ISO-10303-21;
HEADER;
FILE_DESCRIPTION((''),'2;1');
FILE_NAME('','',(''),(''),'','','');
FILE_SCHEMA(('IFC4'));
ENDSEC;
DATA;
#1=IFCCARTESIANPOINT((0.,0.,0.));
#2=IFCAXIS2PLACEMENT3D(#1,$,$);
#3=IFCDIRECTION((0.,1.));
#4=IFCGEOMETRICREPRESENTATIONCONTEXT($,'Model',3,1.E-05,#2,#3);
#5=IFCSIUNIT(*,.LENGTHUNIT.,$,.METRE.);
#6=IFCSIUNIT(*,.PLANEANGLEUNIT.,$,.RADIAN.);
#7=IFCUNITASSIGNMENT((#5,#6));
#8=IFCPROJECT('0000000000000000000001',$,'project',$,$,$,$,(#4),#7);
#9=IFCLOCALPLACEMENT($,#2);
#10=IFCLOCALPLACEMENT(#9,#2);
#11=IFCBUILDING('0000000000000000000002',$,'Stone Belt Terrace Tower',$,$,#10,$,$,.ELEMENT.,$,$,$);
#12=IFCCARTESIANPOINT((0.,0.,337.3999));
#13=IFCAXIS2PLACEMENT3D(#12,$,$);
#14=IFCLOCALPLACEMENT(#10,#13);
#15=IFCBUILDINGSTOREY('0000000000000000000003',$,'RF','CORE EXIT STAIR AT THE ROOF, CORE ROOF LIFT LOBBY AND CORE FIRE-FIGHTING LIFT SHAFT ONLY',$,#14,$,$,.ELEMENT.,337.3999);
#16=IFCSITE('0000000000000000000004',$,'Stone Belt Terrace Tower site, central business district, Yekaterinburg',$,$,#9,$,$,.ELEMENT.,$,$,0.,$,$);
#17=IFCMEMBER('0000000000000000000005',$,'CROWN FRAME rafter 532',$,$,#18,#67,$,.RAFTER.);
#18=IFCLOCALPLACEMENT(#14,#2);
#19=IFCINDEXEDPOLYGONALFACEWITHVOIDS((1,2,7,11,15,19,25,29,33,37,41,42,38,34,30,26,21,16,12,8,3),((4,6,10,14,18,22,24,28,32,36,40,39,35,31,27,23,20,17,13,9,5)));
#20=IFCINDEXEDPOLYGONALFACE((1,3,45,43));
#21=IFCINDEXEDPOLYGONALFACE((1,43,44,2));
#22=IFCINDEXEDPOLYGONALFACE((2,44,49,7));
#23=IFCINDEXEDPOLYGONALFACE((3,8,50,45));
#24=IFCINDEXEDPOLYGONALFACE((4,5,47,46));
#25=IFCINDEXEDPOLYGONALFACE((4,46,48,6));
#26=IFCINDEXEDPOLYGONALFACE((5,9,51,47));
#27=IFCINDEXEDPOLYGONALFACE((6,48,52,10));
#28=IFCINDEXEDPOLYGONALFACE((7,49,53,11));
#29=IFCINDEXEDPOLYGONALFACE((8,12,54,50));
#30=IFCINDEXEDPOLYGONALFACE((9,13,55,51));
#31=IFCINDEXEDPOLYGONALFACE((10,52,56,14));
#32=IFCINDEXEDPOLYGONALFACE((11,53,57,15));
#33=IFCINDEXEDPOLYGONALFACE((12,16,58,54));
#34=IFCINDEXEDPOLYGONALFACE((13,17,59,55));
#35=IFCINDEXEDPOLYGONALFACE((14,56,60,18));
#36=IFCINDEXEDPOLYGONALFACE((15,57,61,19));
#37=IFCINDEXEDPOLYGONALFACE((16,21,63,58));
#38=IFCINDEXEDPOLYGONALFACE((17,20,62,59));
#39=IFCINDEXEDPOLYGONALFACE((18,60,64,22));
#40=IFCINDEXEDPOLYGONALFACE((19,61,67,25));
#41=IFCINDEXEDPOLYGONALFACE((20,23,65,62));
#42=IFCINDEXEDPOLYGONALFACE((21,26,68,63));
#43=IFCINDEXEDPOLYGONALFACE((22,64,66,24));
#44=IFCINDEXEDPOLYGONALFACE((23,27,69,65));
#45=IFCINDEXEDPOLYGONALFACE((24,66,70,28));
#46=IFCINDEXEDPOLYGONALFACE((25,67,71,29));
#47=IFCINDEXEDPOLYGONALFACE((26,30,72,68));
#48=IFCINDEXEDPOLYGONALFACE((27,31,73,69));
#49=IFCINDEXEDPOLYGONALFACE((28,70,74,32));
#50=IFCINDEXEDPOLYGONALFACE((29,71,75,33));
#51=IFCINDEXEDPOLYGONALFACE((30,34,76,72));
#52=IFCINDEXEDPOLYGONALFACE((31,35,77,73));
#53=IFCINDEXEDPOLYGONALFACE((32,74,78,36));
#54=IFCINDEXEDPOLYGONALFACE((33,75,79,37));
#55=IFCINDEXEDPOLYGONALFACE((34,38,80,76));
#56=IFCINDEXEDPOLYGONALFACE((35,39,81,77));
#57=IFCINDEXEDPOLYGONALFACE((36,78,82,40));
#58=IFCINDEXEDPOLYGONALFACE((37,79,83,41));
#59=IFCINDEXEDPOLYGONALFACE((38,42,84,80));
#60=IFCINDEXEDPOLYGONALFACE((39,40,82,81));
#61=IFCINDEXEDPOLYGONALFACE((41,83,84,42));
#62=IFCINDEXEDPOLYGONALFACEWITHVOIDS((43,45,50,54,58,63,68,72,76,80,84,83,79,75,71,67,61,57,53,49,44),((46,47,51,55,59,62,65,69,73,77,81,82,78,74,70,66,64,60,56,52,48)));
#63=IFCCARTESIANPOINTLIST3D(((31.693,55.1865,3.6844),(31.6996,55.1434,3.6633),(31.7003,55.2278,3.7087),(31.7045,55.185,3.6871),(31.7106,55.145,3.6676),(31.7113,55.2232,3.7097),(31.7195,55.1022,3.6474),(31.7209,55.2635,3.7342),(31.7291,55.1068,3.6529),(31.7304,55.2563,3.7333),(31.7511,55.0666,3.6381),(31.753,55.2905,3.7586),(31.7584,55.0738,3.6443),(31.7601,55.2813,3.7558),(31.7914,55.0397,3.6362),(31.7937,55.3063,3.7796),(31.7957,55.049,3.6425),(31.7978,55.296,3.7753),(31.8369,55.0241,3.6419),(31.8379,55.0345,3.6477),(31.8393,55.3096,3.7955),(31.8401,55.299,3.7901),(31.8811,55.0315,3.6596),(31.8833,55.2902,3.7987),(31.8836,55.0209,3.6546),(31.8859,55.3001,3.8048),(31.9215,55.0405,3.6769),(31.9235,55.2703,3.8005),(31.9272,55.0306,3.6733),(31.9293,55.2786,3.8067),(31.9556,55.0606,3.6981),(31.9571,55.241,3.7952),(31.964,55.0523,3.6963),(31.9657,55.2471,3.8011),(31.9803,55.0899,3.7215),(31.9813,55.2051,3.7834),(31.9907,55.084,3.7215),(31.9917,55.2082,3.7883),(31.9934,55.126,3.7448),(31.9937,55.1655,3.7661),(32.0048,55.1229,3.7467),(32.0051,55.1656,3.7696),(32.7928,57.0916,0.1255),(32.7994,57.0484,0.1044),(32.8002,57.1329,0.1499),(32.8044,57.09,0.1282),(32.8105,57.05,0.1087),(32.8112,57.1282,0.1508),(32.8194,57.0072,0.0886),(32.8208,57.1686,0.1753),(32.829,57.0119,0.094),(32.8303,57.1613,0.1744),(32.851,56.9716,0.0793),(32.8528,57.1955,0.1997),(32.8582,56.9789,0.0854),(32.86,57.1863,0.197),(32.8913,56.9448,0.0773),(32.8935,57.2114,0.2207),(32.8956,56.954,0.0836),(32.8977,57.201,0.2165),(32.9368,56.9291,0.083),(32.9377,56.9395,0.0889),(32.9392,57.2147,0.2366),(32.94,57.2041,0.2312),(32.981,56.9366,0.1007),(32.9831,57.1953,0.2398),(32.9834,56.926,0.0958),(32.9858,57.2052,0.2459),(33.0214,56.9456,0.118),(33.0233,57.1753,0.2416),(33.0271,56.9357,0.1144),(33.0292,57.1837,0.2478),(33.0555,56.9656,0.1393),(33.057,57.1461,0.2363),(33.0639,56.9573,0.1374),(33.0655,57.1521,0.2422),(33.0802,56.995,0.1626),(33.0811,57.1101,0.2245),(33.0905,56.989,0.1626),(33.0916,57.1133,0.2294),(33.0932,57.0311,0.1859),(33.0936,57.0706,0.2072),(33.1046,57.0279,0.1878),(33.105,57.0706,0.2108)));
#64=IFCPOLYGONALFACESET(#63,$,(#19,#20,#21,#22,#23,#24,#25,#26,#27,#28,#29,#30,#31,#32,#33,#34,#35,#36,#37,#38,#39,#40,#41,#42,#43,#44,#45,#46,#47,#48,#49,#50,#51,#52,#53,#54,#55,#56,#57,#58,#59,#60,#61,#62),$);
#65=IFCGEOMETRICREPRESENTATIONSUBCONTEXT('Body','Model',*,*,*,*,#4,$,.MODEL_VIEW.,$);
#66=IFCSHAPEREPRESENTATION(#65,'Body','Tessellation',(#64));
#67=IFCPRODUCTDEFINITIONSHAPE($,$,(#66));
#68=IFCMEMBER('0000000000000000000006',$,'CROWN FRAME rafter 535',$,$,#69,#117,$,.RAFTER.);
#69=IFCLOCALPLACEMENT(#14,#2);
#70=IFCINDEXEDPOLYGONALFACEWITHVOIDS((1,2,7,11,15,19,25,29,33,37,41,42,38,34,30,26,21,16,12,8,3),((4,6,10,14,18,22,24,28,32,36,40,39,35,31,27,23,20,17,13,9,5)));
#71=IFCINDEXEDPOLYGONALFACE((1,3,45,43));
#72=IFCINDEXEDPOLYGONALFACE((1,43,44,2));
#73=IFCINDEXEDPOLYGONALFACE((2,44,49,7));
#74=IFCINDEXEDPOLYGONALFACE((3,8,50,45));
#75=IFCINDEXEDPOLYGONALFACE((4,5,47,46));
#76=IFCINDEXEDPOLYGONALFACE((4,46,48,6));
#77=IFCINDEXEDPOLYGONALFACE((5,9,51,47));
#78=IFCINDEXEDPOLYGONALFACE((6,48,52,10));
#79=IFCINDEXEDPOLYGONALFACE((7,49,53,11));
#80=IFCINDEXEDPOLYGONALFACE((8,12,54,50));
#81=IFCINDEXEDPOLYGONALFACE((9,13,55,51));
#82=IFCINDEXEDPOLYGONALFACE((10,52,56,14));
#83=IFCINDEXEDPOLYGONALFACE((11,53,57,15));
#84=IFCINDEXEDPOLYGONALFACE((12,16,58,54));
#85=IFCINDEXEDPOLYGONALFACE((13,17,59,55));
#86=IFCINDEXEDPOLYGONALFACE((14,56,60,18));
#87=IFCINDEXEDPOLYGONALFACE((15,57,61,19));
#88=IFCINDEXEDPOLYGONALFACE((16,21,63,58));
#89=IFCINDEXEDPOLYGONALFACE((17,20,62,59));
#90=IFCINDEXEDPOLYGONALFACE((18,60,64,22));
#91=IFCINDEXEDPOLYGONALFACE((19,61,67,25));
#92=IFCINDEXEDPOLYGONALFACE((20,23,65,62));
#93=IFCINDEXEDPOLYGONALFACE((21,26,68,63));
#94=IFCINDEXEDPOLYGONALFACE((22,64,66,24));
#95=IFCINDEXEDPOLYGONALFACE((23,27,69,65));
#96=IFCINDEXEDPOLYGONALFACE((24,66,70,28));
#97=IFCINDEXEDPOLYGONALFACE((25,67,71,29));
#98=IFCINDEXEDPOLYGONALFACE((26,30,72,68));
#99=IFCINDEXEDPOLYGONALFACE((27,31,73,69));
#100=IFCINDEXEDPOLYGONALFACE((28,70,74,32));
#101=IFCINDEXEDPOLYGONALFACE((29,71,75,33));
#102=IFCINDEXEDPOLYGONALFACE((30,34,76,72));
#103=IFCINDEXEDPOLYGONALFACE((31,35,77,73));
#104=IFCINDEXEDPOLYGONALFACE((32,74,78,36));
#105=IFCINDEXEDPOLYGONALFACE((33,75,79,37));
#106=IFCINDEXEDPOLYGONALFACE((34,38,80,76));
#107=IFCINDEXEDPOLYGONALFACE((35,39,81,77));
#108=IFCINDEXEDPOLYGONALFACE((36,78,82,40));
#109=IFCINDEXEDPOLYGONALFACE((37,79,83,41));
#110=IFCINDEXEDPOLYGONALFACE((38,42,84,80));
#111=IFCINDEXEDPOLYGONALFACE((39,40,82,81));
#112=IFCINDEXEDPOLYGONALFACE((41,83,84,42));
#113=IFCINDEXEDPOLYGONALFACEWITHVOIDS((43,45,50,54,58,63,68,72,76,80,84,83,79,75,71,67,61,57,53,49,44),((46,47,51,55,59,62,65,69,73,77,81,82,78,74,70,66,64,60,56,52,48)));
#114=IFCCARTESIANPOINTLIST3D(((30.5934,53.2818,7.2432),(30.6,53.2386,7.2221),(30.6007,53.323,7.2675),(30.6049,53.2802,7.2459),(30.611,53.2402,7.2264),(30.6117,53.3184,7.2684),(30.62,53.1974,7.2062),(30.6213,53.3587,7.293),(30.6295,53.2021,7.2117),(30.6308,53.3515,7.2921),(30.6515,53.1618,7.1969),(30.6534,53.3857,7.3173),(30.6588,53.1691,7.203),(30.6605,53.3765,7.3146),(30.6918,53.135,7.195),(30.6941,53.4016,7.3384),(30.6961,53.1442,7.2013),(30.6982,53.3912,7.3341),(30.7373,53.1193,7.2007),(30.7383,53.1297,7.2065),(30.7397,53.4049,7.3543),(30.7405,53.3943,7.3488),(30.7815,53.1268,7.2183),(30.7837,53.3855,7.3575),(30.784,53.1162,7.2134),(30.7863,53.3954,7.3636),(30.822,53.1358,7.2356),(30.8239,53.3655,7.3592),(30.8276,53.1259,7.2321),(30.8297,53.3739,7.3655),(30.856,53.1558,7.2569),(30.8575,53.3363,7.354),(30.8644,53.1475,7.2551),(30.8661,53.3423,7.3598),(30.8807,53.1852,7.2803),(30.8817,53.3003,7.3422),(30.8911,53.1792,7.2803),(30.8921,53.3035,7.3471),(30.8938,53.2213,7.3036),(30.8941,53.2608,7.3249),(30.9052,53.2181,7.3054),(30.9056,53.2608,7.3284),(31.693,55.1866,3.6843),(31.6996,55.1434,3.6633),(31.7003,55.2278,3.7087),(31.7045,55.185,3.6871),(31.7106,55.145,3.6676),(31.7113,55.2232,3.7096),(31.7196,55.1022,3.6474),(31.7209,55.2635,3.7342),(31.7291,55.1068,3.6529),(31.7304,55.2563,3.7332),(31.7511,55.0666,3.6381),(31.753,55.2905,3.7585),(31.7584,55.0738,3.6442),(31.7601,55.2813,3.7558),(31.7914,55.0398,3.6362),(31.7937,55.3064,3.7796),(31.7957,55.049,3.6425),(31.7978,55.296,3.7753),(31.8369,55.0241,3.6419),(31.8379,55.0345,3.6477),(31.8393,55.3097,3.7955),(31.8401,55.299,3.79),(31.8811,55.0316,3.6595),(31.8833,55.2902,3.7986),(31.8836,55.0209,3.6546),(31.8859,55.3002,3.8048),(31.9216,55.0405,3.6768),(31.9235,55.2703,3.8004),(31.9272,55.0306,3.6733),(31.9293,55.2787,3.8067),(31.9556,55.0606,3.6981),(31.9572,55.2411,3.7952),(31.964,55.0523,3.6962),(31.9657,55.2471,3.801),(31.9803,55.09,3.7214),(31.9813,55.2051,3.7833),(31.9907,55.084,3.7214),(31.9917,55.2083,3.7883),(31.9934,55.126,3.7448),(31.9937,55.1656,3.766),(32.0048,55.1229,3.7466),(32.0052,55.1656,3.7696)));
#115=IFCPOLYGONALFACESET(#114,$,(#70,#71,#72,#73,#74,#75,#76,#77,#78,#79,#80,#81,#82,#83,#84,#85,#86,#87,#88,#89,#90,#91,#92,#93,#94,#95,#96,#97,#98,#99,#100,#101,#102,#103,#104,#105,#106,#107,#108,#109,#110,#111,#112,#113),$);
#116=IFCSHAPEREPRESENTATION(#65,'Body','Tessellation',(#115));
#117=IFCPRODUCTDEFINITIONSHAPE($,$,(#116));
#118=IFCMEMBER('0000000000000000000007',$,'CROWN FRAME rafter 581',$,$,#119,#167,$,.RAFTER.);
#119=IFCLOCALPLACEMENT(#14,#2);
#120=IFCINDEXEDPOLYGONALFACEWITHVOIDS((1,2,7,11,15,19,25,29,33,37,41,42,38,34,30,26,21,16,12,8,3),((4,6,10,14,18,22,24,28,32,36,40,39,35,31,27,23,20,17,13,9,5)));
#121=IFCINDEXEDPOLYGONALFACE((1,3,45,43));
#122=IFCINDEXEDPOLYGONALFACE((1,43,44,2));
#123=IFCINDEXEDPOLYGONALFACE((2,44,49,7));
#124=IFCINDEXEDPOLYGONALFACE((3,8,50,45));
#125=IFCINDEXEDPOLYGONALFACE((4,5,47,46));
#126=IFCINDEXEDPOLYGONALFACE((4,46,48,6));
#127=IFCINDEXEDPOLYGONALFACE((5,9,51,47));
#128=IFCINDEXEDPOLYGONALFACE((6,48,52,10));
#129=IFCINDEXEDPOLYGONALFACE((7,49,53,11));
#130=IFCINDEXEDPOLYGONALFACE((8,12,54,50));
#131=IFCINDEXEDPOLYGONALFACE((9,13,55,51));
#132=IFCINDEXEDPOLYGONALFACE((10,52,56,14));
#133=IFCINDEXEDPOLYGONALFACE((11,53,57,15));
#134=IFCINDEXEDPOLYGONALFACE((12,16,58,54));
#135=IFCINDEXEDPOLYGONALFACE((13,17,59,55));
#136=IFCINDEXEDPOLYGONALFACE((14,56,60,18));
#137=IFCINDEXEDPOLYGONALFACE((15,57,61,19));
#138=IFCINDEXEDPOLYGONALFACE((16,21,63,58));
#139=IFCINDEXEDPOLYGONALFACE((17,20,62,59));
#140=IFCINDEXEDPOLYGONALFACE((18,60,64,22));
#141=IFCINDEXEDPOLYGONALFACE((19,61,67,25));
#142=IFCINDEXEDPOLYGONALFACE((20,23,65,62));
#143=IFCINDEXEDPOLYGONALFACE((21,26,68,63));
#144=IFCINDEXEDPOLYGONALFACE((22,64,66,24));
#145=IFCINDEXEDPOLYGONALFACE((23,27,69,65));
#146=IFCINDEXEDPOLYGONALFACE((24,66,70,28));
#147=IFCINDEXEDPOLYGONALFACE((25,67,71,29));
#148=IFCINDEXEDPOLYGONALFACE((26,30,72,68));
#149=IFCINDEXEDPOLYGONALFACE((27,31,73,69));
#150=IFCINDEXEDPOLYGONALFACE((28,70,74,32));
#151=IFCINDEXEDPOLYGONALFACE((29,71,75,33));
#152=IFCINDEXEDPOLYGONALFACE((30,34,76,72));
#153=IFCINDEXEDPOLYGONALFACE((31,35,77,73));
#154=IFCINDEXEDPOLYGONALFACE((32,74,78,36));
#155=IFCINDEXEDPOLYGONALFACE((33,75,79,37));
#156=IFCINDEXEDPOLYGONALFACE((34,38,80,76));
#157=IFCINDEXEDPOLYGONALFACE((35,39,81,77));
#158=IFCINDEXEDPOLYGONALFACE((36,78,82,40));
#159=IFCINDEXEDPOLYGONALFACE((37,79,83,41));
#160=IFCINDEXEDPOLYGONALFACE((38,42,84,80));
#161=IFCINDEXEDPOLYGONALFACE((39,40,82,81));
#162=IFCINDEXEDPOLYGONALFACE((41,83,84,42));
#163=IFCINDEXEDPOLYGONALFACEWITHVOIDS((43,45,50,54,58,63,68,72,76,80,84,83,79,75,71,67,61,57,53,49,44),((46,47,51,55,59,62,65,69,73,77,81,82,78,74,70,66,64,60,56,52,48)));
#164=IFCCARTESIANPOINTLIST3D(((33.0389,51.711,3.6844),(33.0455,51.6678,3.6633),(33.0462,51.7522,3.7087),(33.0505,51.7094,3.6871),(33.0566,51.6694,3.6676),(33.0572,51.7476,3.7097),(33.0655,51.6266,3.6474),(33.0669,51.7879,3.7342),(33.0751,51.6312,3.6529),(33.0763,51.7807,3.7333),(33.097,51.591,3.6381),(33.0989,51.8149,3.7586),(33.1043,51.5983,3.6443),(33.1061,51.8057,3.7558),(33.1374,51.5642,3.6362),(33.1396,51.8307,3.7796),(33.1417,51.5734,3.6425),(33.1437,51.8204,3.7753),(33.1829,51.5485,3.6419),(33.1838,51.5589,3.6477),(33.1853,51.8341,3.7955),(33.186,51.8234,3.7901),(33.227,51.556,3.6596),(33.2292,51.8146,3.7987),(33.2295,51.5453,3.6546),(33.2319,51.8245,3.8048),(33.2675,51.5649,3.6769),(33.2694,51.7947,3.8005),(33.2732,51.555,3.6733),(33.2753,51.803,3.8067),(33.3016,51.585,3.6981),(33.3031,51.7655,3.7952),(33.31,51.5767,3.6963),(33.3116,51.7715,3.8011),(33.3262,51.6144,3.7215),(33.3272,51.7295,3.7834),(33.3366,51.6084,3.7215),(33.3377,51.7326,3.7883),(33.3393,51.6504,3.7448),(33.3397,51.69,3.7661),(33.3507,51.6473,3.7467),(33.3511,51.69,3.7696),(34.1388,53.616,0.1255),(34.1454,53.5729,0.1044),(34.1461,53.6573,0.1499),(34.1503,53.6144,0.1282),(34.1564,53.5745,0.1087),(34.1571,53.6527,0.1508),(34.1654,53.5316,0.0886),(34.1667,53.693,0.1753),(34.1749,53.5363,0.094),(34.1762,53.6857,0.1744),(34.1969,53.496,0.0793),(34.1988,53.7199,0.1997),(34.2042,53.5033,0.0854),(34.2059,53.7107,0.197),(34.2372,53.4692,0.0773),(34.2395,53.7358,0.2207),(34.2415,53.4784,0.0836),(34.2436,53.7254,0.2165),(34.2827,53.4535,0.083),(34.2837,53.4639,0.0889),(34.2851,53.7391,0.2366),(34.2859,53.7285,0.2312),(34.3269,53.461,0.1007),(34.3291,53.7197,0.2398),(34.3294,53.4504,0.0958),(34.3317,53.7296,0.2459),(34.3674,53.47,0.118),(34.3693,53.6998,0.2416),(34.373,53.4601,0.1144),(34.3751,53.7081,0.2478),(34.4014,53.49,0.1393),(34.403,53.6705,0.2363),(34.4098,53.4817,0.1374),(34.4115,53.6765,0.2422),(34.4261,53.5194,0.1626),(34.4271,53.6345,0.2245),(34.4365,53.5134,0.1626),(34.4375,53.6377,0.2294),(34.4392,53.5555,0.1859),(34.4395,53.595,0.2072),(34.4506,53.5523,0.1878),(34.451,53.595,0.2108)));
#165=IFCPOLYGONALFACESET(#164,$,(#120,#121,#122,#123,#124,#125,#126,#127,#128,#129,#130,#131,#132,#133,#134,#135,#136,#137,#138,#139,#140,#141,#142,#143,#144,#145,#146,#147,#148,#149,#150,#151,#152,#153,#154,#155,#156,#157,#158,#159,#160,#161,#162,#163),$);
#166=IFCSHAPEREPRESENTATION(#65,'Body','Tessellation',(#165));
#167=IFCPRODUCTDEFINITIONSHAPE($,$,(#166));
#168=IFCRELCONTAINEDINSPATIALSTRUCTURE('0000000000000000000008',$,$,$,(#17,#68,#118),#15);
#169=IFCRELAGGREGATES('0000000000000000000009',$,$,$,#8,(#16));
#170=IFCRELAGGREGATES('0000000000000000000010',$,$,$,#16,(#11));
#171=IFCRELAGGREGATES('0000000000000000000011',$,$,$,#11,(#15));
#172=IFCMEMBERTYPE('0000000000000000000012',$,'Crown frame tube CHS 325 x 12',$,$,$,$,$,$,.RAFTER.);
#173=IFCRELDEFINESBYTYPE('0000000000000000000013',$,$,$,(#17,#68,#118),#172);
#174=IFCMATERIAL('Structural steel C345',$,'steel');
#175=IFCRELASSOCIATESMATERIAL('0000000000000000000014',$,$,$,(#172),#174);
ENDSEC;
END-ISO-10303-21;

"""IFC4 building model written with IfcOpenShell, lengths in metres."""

from ifc_helpers import new_model, si_unit, direction, frame, origin, origin_2d, place, context, subcontext, project, spatial, hollow_circle, extrude, material, material_profile, profile_set, type_object, element, save


model = new_model("IFC4")

# Units and contexts
model_context = context("Model", 3, precision=1e-05, world=origin(), true_north=direction((0.0, 1.0)))
body_context = subcontext(model_context, "Body", "Model", "MODEL_VIEW")
ifc_project = project(units=[si_unit("LENGTHUNIT", "METRE"), si_unit("PLANEANGLEUNIT", "RADIAN")], contexts=[model_context])

# Site, building, storey
site_placement = place(None, origin())
site = spatial("IfcSite", under=ifc_project, at=site_placement, Name="Stone Belt Terrace Tower site, central business district, Yekaterinburg", CompositionType="ELEMENT", RefElevation=0.0)
building_placement = place(site_placement, origin())
building = spatial("IfcBuilding", under=site, at=building_placement, Name="Stone Belt Terrace Tower", CompositionType="ELEMENT")
storey_placement = place(building_placement, frame((0.0, 0.0, 337.3999)))
storey = spatial("IfcBuildingStorey", under=building, at=storey_placement, Name="RF", Description="CORE EXIT STAIR AT THE ROOF, CORE ROOF LIFT LOBBY AND CORE FIRE-FIGHTING LIFT SHAFT ONLY", CompositionType="ELEMENT", Elevation=337.3999)

# Members
ifc_material_1 = material(Name="Structural steel C345", Category="steel")
ifc_material_profile_1 = material_profile(ifc_material_1, hollow_circle(Radius=0.1626, WallThickness=0.012, at=origin_2d()), Name="Structural steel C345 CHS 325x12")
ifc_profile_set_1 = profile_set([ifc_material_profile_1], Name="Structural steel C345")
member_type_1 = type_object("IfcMemberType", Name="Crown frame tube CHS 325 x 12", PredefinedType="RAFTER", material=ifc_profile_set_1)
member_1_placement = place(storey_placement, frame((32.9497, 57.0703, 0.1626), z_axis=(-0.262884, -0.455335, 0.850624), x_axis=(0.866028, -0.499995, 0.0)))
element("IfcMember", 1, at=member_1_placement, inside=storey, type_object=member_type_1, Name="CROWN FRAME rafter 532", PredefinedType="RAFTER", context=body_context, shape_type="SweptSolid", body=[
    extrude(hollow_circle(Radius=0.1626, WallThickness=0.012, at=origin_2d()), origin(), (0.0, 0.0, 1.0), 4.1838),
])
member_2_placement = place(storey_placement, frame((31.8499, 55.1653, 3.7214), z_axis=(-0.262837, -0.455296, 0.85066), x_axis=(0.866049, -0.499959, 0.0)))
element("IfcMember", 2, at=member_2_placement, inside=storey, type_object=member_type_1, Name="CROWN FRAME rafter 535", PredefinedType="RAFTER", context=body_context, shape_type="SweptSolid", body=[
    extrude(hollow_circle(Radius=0.1626, WallThickness=0.012, at=origin_2d()), origin(), (0.0, 0.0, 1.0), 4.1836),
])
member_3_placement = place(storey_placement, frame((34.2957, 53.5947, 0.1626), z_axis=(-0.262884, -0.455335, 0.850624), x_axis=(0.866028, -0.499995, 0.0)))
element("IfcMember", 3, at=member_3_placement, inside=storey, type_object=member_type_1, Name="CROWN FRAME rafter 581", PredefinedType="RAFTER", context=body_context, shape_type="SweptSolid", body=[
    extrude(hollow_circle(Radius=0.1626, WallThickness=0.012, at=origin_2d()), origin(), (0.0, 0.0, 1.0), 4.1838),
])

save(model, "model.ifc")
